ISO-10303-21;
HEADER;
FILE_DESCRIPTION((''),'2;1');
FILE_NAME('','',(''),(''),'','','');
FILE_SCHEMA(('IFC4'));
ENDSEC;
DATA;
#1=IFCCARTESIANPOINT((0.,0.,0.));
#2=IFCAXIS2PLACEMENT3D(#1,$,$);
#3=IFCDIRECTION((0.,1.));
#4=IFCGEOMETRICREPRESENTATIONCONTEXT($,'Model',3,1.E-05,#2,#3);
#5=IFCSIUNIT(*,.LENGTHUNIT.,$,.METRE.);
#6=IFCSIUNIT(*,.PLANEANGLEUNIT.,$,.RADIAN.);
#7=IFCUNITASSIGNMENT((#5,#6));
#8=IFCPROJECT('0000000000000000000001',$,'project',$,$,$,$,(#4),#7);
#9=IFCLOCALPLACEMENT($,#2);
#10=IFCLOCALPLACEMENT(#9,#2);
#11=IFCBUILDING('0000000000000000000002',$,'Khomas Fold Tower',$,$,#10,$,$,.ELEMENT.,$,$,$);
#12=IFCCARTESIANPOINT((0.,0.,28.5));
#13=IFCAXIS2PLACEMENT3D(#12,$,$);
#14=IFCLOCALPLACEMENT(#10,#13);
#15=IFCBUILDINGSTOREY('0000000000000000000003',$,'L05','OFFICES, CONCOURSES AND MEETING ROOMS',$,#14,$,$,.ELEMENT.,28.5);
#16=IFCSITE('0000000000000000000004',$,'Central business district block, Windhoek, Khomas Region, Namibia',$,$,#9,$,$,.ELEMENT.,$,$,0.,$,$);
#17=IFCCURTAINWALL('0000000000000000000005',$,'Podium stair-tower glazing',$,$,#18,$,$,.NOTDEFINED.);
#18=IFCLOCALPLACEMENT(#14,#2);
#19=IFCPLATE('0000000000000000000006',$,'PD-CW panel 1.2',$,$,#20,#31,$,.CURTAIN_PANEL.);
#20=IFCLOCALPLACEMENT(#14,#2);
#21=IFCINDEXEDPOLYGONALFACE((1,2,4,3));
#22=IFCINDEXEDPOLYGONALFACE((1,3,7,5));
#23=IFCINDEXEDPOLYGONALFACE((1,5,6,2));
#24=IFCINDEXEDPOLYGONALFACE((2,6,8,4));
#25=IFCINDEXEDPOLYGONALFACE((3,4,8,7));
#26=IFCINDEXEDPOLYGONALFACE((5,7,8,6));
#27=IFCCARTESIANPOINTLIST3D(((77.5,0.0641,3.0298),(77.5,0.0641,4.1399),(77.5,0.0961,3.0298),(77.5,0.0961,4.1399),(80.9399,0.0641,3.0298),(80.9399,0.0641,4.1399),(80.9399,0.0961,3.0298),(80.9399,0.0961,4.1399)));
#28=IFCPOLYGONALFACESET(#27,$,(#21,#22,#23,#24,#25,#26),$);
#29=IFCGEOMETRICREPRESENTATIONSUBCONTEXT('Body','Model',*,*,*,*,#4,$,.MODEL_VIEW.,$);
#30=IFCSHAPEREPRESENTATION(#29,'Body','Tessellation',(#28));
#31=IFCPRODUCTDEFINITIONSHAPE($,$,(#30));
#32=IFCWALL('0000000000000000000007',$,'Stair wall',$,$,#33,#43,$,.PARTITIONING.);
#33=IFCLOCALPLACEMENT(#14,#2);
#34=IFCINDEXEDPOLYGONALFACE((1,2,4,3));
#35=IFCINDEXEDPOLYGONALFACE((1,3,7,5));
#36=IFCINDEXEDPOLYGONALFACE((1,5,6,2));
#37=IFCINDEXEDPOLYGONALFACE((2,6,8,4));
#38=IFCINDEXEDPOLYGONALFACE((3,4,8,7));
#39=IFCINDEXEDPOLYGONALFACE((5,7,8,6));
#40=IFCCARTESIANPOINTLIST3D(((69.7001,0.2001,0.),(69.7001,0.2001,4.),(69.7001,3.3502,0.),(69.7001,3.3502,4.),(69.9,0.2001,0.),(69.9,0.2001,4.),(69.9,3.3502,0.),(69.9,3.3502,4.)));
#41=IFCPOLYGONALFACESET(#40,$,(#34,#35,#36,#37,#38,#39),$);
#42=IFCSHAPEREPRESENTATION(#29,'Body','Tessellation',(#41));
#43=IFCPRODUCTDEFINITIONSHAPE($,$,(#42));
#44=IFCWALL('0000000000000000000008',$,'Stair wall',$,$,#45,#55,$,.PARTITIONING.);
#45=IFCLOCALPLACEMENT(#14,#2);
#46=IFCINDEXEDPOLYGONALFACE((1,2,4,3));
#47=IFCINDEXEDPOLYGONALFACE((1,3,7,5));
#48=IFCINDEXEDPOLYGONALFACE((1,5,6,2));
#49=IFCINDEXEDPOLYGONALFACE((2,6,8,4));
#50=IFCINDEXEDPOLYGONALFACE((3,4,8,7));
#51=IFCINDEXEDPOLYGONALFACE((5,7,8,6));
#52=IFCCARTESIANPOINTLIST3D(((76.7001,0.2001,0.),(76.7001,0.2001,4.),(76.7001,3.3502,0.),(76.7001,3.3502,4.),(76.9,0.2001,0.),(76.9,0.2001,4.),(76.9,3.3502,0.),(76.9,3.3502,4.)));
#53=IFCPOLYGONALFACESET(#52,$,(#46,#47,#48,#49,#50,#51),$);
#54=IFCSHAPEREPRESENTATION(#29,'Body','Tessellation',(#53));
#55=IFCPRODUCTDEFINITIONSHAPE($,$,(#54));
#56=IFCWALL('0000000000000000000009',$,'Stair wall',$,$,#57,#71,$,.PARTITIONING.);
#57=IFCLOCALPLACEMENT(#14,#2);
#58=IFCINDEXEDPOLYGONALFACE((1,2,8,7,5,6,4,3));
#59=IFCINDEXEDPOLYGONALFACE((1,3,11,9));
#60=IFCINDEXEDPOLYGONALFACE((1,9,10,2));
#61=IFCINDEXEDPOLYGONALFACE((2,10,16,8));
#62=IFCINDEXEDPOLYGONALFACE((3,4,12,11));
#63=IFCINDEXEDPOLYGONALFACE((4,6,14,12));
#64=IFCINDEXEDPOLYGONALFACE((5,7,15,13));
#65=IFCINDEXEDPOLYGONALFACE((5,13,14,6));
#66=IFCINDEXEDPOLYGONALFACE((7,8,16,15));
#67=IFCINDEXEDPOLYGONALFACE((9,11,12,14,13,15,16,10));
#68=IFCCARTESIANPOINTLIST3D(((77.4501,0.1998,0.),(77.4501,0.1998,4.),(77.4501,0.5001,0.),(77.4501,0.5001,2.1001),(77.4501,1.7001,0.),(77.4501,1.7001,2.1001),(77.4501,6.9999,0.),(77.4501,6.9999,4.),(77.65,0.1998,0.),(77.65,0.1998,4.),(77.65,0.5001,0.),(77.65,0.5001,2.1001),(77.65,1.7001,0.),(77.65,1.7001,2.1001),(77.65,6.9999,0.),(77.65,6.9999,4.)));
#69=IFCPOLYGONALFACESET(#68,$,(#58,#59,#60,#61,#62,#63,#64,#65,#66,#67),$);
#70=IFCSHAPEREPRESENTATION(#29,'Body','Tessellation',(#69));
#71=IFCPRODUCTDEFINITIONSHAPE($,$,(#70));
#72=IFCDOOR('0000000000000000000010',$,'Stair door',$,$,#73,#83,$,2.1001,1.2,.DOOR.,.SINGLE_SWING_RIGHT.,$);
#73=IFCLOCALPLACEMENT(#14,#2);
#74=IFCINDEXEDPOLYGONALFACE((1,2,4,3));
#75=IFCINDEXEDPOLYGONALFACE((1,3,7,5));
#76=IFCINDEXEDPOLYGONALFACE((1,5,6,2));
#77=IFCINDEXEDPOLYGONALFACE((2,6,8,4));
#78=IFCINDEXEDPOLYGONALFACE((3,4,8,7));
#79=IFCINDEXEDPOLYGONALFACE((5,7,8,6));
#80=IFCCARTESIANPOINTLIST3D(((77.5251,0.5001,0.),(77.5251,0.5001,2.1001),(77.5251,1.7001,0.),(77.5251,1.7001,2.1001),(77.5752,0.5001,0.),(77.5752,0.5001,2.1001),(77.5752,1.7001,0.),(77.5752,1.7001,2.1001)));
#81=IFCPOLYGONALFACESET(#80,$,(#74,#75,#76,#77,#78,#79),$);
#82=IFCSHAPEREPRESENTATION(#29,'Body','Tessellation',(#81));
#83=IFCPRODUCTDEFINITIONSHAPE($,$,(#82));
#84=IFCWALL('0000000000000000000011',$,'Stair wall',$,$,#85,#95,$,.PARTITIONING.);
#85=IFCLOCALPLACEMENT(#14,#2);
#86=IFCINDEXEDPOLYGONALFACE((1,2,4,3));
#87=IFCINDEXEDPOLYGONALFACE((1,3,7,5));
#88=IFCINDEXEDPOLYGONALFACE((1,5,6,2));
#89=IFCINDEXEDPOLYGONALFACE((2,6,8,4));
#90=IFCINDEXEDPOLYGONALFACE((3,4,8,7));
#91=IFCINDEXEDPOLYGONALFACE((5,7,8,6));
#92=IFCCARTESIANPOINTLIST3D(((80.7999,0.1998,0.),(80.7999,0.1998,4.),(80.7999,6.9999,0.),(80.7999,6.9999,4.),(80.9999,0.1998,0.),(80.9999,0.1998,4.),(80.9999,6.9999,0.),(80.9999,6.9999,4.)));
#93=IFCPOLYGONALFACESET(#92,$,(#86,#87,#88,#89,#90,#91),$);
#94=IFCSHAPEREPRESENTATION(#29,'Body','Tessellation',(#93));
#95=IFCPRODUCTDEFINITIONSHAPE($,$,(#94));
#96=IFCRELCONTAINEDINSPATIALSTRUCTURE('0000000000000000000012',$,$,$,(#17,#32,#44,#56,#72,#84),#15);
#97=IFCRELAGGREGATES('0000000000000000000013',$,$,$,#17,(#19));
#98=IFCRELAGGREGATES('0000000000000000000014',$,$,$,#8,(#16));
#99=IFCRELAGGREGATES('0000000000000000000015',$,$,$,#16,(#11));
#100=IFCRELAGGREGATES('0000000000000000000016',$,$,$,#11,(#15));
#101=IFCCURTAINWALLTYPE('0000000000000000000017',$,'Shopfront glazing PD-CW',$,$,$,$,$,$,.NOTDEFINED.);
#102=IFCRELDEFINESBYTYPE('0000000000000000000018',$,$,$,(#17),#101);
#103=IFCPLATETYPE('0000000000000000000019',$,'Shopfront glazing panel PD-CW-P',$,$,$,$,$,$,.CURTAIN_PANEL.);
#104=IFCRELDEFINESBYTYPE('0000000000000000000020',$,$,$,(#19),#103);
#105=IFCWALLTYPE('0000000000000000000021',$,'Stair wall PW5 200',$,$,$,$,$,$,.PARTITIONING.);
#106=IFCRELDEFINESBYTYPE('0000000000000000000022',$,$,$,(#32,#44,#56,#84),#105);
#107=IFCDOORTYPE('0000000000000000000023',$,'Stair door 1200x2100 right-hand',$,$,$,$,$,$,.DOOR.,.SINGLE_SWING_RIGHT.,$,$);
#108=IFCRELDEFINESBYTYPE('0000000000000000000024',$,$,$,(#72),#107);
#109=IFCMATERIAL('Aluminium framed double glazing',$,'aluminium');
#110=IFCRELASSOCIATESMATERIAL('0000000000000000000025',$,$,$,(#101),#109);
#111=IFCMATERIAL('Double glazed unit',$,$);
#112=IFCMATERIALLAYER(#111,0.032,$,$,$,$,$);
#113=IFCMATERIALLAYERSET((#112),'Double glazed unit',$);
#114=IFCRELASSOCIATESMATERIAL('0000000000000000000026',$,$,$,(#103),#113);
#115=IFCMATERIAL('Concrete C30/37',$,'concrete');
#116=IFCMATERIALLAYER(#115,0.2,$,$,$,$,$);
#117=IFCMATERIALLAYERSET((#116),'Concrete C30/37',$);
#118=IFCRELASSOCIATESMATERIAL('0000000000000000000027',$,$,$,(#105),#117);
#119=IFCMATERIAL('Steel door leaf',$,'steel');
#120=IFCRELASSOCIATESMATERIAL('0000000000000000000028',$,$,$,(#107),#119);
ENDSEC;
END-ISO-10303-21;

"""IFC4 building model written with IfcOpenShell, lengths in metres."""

from ifc_helpers import new_model, si_unit, direction, frame, frame_2d, origin, origin_2d, place, context, subcontext, project, spatial, rectangle, extrude, source, transform, mapped, material, layer, layer_set, type_object, element, fill, aggregate, save


model = new_model("IFC4")

# Units and contexts
model_context = context("Model", 3, precision=1e-05, world=origin(), true_north=direction((0.0, 1.0)))
body_context = subcontext(model_context, "Body", "Model", "MODEL_VIEW")
ifc_project = project(units=[si_unit("LENGTHUNIT", "METRE"), si_unit("PLANEANGLEUNIT", "RADIAN")], contexts=[model_context])

# Site, building, storey
site_placement = place(None, origin())
site = spatial("IfcSite", under=ifc_project, at=site_placement, Name="Central business district block, Windhoek, Khomas Region, Namibia", CompositionType="ELEMENT", RefElevation=0.0)
building_placement = place(site_placement, origin())
building = spatial("IfcBuilding", under=site, at=building_placement, Name="Khomas Fold Tower", CompositionType="ELEMENT")
storey_placement = place(building_placement, frame((0.0, 0.0, 28.5)))
storey = spatial("IfcBuildingStorey", under=building, at=storey_placement, Name="L05", Description="OFFICES, CONCOURSES AND MEETING ROOMS", CompositionType="ELEMENT", Elevation=28.5)

# Curtain wall
ifc_material_1 = material(Name="Aluminium framed double glazing", Category="aluminium")
curtain_wall_type = type_object("IfcCurtainWallType", Name="Shopfront glazing PD-CW", PredefinedType="NOTDEFINED", material=ifc_material_1)
curtain_wall_1_placement = place(storey_placement, origin())
curtain_wall_1 = element("IfcCurtainWall", 1, at=curtain_wall_1_placement, inside=storey, type_object=curtain_wall_type, Name="Podium stair-tower glazing", PredefinedType="NOTDEFINED")

# Plate
ifc_material_2 = material(Name="Double glazed unit")
ifc_layer_1 = layer(ifc_material_2, 0.032)
ifc_layer_set_1 = layer_set([ifc_layer_1], Name="Double glazed unit")
plate_type = type_object("IfcPlateType", Name="Shopfront glazing panel PD-CW-P", PredefinedType="CURTAIN_PANEL", material=ifc_layer_set_1)
shared_shape_1 = source(origin(), body_context, "Body", "SweptSolid", [
    extrude(rectangle(XDim=3.4399, YDim=0.032, at=origin_2d()), origin(), (0.0, 0.0, 1.0), 1.1101),
])
plate_1_placement = place(storey_placement, frame((79.22, 0.0801, 3.0298), z_axis=(0.0, 0.0, 1.0), x_axis=(1.0, 0.0, 0.0)))
plate_1 = element("IfcPlate", 2, at=plate_1_placement, type_object=plate_type, Name="PD-CW panel 1.2", PredefinedType="CURTAIN_PANEL", context=body_context, shape_type="MappedRepresentation", body=[
    mapped(shared_shape_1, transform((0.0, 0.0, 0.0))),
])
aggregate(curtain_wall_1, [plate_1])

# Walls
ifc_material_3 = material(Name="Concrete C30/37", Category="concrete")
ifc_layer_2 = layer(ifc_material_3, 0.2)
ifc_layer_set_2 = layer_set([ifc_layer_2], Name="Concrete C30/37")
wall_type = type_object("IfcWallType", Name="Stair wall PW5 200", PredefinedType="PARTITIONING", material=ifc_layer_set_2)
shared_shape_2 = source(origin(), body_context, "Body", "SweptSolid", [
    extrude(rectangle(XDim=3.1501, YDim=0.2, at=frame_2d((1.5752, 0.0))), origin(), (0.0, 0.0, 1.0), 4.0),
])
for number, where, z_axis, x_axis, name in (
    (3, (69.8, 0.2, 0.0), (0.0, 0.0, 1.0), (0.0, 1.0, 0.0), "Stair wall"),
    (4, (76.8, 0.2, 0.0), (0.0, 0.0, 1.0), (0.0, 1.0, 0.0), "Stair wall"),
):
    element("IfcWall", number, at=place(storey_placement, frame(where, z_axis=z_axis, x_axis=x_axis)), inside=storey, type_object=wall_type, Name=name, PredefinedType="PARTITIONING", context=body_context, shape_type="MappedRepresentation", body=[
        mapped(shared_shape_2, transform((0.0, 0.0, 0.0))),
    ])

# Wall, opening, door
shared_shape_3 = source(origin(), body_context, "Body", "SweptSolid", [
    extrude(rectangle(XDim=6.8, YDim=0.2, at=frame_2d((3.3999, 0.0))), origin(), (0.0, 0.0, 1.0), 4.0),
])
wall_1_placement = place(storey_placement, frame((77.55, 0.2, 0.0), z_axis=(0.0, 0.0, 1.0), x_axis=(0.0, 1.0, 0.0)))
wall_1 = element("IfcWall", 5, at=wall_1_placement, inside=storey, type_object=wall_type, Name="Stair wall", PredefinedType="PARTITIONING", context=body_context, shape_type="MappedRepresentation", body=[
    mapped(shared_shape_3, transform((0.0, 0.0, 0.0))),
])
shared_shape_4 = source(origin(), body_context, "Body", "SweptSolid", [
    extrude(rectangle(XDim=1.2, YDim=2.1001, at=frame_2d((0.6001, 1.05))), frame((0.0, 0.1099, 0.0), z_axis=(0.0, -1.0, 0.0), x_axis=(1.0, 0.0, 0.0)), (0.0, 0.0, 1.0), 0.22),
])
opening_placement = place(wall_1_placement, frame((0.3, 0.0, 0.0)))
opening = element("IfcOpeningElement", 6, at=opening_placement, cuts=wall_1, PredefinedType="OPENING", context=body_context, shape_type="MappedRepresentation", body=[
    mapped(shared_shape_4, transform((0.0, 0.0, 0.0))),
])
ifc_material_4 = material(Name="Steel door leaf", Category="steel")
door_type = type_object("IfcDoorType", Name="Stair door 1200x2100 right-hand", OperationType="SINGLE_SWING_RIGHT", PredefinedType="DOOR", material=ifc_material_4)
shared_shape_5 = source(origin(), body_context, "Body", "SweptSolid", [
    extrude(rectangle(XDim=1.2, YDim=2.1001, at=frame_2d((0.6001, 1.05))), frame((0.0, 0.0249, 0.0), z_axis=(0.0, -1.0, 0.0), x_axis=(1.0, 0.0, 0.0)), (0.0, 0.0, 1.0), 0.05),
])
door_placement = place(opening_placement, origin())
door = element("IfcDoor", 7, at=door_placement, inside=storey, type_object=door_type, Name="Stair door", OperationType="SINGLE_SWING_RIGHT", OverallHeight=2.1001, OverallWidth=1.2, PredefinedType="DOOR", context=body_context, shape_type="MappedRepresentation", body=[
    mapped(shared_shape_5, transform((0.0, 0.0, 0.0))),
])
fill(opening, door)

# Wall
wall_2_placement = place(storey_placement, frame((80.8999, 0.2, 0.0), z_axis=(0.0, 0.0, 1.0), x_axis=(0.0, 1.0, 0.0)))
element("IfcWall", 8, at=wall_2_placement, inside=storey, type_object=wall_type, Name="Stair wall", PredefinedType="PARTITIONING", context=body_context, shape_type="MappedRepresentation", body=[
    mapped(shared_shape_3, transform((0.0, 0.0, 0.0))),
])

save(model, "model.ifc")
